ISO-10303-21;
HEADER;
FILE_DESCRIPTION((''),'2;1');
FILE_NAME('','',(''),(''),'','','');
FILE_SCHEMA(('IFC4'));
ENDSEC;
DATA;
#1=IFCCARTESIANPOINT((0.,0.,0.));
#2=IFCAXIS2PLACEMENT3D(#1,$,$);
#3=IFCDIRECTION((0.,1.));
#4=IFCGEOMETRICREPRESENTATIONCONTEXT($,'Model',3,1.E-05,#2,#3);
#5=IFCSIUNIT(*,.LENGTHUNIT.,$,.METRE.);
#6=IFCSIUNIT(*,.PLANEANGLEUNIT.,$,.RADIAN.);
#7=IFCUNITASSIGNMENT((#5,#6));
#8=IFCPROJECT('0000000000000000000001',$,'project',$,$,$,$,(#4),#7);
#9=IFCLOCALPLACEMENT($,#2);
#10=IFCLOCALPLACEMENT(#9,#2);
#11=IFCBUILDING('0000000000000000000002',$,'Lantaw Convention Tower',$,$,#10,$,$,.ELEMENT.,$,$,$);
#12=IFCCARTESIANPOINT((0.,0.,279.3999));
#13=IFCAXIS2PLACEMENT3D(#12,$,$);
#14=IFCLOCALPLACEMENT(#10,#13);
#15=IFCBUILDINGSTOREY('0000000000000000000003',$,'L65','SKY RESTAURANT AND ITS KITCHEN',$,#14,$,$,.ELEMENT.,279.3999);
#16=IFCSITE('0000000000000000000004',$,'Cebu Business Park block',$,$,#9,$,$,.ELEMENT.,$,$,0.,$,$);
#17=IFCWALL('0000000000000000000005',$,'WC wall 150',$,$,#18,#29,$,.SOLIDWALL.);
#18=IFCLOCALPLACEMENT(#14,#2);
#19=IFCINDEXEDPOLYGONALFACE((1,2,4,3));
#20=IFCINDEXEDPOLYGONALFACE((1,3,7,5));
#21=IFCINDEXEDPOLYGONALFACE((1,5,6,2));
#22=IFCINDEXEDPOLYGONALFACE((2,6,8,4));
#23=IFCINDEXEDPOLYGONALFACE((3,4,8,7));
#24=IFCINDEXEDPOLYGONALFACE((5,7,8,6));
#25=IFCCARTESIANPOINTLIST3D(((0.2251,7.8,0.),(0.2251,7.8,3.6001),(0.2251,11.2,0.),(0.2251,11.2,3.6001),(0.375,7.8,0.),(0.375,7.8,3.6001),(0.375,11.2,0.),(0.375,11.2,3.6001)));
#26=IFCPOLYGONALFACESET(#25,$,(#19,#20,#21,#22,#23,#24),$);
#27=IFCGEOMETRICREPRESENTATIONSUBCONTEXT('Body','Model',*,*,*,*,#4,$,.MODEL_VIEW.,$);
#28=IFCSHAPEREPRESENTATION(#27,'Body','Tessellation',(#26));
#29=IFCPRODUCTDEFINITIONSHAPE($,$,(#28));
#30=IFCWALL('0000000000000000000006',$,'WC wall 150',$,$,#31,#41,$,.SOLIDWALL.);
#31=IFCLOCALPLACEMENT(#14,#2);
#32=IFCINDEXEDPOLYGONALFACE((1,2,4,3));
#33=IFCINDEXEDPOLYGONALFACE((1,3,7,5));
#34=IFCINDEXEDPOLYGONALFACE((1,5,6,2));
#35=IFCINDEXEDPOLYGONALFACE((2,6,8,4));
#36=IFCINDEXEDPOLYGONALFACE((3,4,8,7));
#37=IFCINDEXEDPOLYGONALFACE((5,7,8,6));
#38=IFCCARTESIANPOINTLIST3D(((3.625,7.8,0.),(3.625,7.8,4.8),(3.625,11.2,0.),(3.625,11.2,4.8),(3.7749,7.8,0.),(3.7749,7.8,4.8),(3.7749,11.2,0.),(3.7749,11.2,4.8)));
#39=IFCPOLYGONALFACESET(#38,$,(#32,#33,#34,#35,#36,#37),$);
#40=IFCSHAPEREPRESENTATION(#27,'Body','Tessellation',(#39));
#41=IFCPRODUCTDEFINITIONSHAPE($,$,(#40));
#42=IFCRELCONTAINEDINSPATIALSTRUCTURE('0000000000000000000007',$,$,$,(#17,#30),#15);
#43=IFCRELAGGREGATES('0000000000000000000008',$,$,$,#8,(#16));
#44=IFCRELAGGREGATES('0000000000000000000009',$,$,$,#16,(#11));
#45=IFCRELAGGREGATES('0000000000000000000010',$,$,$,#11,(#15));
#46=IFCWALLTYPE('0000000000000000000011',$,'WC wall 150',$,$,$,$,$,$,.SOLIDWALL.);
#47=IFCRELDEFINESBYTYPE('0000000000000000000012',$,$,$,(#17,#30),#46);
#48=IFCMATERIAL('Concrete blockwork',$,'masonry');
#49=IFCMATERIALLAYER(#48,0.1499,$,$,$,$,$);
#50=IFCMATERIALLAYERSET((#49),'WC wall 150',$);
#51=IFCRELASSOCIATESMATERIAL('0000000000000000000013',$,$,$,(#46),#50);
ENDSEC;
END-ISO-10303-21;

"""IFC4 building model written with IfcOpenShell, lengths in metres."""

from ifc_helpers import new_model, si_unit, direction, frame, frame_2d, origin, place, context, subcontext, project, spatial, rectangle, extrude, material, layer, layer_set, type_object, element, save


model = new_model("IFC4")

# Units and contexts
model_context = context("Model", 3, precision=1e-05, world=origin(), true_north=direction((0.0, 1.0)))
body_context = subcontext(model_context, "Body", "Model", "MODEL_VIEW")
ifc_project = project(units=[si_unit("LENGTHUNIT", "METRE"), si_unit("PLANEANGLEUNIT", "RADIAN")], contexts=[model_context])

# Site, building, storey
site_placement = place(None, origin())
site = spatial("IfcSite", under=ifc_project, at=site_placement, Name="Cebu Business Park block", CompositionType="ELEMENT", RefElevation=0.0)
building_placement = place(site_placement, origin())
building = spatial("IfcBuilding", under=site, at=building_placement, Name="Lantaw Convention Tower", CompositionType="ELEMENT")
storey_placement = place(building_placement, frame((0.0, 0.0, 279.3999)))
storey = spatial("IfcBuildingStorey", under=building, at=storey_placement, Name="L65", Description="SKY RESTAURANT AND ITS KITCHEN", CompositionType="ELEMENT", Elevation=279.3999)

# Walls
ifc_material_1 = material(Name="Concrete blockwork", Category="masonry")
ifc_layer_1 = layer(ifc_material_1, 0.1499)
ifc_layer_set_1 = layer_set([ifc_layer_1], Name="WC wall 150")
wall_type_1 = type_object("IfcWallType", Name="WC wall 150", PredefinedType="SOLIDWALL", material=ifc_layer_set_1)
wall_1_placement = place(storey_placement, frame((0.3, 7.8, 0.0), z_axis=(0.0, 0.0, 1.0), x_axis=(0.0, 1.0, 0.0)))
element("IfcWall", 1, at=wall_1_placement, inside=storey, type_object=wall_type_1, Name="WC wall 150", PredefinedType="SOLIDWALL", context=body_context, shape_type="SweptSolid", body=[
    extrude(rectangle(XDim=3.3999, YDim=0.1499, at=frame_2d((1.7, 0.0))), origin(), (0.0, 0.0, 1.0), 3.6001),
])
wall_2_placement = place(storey_placement, frame((3.7, 7.8, 0.0), z_axis=(0.0, 0.0, 1.0), x_axis=(0.0, 1.0, 0.0)))
element("IfcWall", 2, at=wall_2_placement, inside=storey, type_object=wall_type_1, Name="WC wall 150", PredefinedType="SOLIDWALL", context=body_context, shape_type="SweptSolid", body=[
    extrude(rectangle(XDim=3.3999, YDim=0.1499, at=frame_2d((1.7, 0.0))), origin(), (0.0, 0.0, 1.0), 4.8),
])

save(model, "model.ifc")
